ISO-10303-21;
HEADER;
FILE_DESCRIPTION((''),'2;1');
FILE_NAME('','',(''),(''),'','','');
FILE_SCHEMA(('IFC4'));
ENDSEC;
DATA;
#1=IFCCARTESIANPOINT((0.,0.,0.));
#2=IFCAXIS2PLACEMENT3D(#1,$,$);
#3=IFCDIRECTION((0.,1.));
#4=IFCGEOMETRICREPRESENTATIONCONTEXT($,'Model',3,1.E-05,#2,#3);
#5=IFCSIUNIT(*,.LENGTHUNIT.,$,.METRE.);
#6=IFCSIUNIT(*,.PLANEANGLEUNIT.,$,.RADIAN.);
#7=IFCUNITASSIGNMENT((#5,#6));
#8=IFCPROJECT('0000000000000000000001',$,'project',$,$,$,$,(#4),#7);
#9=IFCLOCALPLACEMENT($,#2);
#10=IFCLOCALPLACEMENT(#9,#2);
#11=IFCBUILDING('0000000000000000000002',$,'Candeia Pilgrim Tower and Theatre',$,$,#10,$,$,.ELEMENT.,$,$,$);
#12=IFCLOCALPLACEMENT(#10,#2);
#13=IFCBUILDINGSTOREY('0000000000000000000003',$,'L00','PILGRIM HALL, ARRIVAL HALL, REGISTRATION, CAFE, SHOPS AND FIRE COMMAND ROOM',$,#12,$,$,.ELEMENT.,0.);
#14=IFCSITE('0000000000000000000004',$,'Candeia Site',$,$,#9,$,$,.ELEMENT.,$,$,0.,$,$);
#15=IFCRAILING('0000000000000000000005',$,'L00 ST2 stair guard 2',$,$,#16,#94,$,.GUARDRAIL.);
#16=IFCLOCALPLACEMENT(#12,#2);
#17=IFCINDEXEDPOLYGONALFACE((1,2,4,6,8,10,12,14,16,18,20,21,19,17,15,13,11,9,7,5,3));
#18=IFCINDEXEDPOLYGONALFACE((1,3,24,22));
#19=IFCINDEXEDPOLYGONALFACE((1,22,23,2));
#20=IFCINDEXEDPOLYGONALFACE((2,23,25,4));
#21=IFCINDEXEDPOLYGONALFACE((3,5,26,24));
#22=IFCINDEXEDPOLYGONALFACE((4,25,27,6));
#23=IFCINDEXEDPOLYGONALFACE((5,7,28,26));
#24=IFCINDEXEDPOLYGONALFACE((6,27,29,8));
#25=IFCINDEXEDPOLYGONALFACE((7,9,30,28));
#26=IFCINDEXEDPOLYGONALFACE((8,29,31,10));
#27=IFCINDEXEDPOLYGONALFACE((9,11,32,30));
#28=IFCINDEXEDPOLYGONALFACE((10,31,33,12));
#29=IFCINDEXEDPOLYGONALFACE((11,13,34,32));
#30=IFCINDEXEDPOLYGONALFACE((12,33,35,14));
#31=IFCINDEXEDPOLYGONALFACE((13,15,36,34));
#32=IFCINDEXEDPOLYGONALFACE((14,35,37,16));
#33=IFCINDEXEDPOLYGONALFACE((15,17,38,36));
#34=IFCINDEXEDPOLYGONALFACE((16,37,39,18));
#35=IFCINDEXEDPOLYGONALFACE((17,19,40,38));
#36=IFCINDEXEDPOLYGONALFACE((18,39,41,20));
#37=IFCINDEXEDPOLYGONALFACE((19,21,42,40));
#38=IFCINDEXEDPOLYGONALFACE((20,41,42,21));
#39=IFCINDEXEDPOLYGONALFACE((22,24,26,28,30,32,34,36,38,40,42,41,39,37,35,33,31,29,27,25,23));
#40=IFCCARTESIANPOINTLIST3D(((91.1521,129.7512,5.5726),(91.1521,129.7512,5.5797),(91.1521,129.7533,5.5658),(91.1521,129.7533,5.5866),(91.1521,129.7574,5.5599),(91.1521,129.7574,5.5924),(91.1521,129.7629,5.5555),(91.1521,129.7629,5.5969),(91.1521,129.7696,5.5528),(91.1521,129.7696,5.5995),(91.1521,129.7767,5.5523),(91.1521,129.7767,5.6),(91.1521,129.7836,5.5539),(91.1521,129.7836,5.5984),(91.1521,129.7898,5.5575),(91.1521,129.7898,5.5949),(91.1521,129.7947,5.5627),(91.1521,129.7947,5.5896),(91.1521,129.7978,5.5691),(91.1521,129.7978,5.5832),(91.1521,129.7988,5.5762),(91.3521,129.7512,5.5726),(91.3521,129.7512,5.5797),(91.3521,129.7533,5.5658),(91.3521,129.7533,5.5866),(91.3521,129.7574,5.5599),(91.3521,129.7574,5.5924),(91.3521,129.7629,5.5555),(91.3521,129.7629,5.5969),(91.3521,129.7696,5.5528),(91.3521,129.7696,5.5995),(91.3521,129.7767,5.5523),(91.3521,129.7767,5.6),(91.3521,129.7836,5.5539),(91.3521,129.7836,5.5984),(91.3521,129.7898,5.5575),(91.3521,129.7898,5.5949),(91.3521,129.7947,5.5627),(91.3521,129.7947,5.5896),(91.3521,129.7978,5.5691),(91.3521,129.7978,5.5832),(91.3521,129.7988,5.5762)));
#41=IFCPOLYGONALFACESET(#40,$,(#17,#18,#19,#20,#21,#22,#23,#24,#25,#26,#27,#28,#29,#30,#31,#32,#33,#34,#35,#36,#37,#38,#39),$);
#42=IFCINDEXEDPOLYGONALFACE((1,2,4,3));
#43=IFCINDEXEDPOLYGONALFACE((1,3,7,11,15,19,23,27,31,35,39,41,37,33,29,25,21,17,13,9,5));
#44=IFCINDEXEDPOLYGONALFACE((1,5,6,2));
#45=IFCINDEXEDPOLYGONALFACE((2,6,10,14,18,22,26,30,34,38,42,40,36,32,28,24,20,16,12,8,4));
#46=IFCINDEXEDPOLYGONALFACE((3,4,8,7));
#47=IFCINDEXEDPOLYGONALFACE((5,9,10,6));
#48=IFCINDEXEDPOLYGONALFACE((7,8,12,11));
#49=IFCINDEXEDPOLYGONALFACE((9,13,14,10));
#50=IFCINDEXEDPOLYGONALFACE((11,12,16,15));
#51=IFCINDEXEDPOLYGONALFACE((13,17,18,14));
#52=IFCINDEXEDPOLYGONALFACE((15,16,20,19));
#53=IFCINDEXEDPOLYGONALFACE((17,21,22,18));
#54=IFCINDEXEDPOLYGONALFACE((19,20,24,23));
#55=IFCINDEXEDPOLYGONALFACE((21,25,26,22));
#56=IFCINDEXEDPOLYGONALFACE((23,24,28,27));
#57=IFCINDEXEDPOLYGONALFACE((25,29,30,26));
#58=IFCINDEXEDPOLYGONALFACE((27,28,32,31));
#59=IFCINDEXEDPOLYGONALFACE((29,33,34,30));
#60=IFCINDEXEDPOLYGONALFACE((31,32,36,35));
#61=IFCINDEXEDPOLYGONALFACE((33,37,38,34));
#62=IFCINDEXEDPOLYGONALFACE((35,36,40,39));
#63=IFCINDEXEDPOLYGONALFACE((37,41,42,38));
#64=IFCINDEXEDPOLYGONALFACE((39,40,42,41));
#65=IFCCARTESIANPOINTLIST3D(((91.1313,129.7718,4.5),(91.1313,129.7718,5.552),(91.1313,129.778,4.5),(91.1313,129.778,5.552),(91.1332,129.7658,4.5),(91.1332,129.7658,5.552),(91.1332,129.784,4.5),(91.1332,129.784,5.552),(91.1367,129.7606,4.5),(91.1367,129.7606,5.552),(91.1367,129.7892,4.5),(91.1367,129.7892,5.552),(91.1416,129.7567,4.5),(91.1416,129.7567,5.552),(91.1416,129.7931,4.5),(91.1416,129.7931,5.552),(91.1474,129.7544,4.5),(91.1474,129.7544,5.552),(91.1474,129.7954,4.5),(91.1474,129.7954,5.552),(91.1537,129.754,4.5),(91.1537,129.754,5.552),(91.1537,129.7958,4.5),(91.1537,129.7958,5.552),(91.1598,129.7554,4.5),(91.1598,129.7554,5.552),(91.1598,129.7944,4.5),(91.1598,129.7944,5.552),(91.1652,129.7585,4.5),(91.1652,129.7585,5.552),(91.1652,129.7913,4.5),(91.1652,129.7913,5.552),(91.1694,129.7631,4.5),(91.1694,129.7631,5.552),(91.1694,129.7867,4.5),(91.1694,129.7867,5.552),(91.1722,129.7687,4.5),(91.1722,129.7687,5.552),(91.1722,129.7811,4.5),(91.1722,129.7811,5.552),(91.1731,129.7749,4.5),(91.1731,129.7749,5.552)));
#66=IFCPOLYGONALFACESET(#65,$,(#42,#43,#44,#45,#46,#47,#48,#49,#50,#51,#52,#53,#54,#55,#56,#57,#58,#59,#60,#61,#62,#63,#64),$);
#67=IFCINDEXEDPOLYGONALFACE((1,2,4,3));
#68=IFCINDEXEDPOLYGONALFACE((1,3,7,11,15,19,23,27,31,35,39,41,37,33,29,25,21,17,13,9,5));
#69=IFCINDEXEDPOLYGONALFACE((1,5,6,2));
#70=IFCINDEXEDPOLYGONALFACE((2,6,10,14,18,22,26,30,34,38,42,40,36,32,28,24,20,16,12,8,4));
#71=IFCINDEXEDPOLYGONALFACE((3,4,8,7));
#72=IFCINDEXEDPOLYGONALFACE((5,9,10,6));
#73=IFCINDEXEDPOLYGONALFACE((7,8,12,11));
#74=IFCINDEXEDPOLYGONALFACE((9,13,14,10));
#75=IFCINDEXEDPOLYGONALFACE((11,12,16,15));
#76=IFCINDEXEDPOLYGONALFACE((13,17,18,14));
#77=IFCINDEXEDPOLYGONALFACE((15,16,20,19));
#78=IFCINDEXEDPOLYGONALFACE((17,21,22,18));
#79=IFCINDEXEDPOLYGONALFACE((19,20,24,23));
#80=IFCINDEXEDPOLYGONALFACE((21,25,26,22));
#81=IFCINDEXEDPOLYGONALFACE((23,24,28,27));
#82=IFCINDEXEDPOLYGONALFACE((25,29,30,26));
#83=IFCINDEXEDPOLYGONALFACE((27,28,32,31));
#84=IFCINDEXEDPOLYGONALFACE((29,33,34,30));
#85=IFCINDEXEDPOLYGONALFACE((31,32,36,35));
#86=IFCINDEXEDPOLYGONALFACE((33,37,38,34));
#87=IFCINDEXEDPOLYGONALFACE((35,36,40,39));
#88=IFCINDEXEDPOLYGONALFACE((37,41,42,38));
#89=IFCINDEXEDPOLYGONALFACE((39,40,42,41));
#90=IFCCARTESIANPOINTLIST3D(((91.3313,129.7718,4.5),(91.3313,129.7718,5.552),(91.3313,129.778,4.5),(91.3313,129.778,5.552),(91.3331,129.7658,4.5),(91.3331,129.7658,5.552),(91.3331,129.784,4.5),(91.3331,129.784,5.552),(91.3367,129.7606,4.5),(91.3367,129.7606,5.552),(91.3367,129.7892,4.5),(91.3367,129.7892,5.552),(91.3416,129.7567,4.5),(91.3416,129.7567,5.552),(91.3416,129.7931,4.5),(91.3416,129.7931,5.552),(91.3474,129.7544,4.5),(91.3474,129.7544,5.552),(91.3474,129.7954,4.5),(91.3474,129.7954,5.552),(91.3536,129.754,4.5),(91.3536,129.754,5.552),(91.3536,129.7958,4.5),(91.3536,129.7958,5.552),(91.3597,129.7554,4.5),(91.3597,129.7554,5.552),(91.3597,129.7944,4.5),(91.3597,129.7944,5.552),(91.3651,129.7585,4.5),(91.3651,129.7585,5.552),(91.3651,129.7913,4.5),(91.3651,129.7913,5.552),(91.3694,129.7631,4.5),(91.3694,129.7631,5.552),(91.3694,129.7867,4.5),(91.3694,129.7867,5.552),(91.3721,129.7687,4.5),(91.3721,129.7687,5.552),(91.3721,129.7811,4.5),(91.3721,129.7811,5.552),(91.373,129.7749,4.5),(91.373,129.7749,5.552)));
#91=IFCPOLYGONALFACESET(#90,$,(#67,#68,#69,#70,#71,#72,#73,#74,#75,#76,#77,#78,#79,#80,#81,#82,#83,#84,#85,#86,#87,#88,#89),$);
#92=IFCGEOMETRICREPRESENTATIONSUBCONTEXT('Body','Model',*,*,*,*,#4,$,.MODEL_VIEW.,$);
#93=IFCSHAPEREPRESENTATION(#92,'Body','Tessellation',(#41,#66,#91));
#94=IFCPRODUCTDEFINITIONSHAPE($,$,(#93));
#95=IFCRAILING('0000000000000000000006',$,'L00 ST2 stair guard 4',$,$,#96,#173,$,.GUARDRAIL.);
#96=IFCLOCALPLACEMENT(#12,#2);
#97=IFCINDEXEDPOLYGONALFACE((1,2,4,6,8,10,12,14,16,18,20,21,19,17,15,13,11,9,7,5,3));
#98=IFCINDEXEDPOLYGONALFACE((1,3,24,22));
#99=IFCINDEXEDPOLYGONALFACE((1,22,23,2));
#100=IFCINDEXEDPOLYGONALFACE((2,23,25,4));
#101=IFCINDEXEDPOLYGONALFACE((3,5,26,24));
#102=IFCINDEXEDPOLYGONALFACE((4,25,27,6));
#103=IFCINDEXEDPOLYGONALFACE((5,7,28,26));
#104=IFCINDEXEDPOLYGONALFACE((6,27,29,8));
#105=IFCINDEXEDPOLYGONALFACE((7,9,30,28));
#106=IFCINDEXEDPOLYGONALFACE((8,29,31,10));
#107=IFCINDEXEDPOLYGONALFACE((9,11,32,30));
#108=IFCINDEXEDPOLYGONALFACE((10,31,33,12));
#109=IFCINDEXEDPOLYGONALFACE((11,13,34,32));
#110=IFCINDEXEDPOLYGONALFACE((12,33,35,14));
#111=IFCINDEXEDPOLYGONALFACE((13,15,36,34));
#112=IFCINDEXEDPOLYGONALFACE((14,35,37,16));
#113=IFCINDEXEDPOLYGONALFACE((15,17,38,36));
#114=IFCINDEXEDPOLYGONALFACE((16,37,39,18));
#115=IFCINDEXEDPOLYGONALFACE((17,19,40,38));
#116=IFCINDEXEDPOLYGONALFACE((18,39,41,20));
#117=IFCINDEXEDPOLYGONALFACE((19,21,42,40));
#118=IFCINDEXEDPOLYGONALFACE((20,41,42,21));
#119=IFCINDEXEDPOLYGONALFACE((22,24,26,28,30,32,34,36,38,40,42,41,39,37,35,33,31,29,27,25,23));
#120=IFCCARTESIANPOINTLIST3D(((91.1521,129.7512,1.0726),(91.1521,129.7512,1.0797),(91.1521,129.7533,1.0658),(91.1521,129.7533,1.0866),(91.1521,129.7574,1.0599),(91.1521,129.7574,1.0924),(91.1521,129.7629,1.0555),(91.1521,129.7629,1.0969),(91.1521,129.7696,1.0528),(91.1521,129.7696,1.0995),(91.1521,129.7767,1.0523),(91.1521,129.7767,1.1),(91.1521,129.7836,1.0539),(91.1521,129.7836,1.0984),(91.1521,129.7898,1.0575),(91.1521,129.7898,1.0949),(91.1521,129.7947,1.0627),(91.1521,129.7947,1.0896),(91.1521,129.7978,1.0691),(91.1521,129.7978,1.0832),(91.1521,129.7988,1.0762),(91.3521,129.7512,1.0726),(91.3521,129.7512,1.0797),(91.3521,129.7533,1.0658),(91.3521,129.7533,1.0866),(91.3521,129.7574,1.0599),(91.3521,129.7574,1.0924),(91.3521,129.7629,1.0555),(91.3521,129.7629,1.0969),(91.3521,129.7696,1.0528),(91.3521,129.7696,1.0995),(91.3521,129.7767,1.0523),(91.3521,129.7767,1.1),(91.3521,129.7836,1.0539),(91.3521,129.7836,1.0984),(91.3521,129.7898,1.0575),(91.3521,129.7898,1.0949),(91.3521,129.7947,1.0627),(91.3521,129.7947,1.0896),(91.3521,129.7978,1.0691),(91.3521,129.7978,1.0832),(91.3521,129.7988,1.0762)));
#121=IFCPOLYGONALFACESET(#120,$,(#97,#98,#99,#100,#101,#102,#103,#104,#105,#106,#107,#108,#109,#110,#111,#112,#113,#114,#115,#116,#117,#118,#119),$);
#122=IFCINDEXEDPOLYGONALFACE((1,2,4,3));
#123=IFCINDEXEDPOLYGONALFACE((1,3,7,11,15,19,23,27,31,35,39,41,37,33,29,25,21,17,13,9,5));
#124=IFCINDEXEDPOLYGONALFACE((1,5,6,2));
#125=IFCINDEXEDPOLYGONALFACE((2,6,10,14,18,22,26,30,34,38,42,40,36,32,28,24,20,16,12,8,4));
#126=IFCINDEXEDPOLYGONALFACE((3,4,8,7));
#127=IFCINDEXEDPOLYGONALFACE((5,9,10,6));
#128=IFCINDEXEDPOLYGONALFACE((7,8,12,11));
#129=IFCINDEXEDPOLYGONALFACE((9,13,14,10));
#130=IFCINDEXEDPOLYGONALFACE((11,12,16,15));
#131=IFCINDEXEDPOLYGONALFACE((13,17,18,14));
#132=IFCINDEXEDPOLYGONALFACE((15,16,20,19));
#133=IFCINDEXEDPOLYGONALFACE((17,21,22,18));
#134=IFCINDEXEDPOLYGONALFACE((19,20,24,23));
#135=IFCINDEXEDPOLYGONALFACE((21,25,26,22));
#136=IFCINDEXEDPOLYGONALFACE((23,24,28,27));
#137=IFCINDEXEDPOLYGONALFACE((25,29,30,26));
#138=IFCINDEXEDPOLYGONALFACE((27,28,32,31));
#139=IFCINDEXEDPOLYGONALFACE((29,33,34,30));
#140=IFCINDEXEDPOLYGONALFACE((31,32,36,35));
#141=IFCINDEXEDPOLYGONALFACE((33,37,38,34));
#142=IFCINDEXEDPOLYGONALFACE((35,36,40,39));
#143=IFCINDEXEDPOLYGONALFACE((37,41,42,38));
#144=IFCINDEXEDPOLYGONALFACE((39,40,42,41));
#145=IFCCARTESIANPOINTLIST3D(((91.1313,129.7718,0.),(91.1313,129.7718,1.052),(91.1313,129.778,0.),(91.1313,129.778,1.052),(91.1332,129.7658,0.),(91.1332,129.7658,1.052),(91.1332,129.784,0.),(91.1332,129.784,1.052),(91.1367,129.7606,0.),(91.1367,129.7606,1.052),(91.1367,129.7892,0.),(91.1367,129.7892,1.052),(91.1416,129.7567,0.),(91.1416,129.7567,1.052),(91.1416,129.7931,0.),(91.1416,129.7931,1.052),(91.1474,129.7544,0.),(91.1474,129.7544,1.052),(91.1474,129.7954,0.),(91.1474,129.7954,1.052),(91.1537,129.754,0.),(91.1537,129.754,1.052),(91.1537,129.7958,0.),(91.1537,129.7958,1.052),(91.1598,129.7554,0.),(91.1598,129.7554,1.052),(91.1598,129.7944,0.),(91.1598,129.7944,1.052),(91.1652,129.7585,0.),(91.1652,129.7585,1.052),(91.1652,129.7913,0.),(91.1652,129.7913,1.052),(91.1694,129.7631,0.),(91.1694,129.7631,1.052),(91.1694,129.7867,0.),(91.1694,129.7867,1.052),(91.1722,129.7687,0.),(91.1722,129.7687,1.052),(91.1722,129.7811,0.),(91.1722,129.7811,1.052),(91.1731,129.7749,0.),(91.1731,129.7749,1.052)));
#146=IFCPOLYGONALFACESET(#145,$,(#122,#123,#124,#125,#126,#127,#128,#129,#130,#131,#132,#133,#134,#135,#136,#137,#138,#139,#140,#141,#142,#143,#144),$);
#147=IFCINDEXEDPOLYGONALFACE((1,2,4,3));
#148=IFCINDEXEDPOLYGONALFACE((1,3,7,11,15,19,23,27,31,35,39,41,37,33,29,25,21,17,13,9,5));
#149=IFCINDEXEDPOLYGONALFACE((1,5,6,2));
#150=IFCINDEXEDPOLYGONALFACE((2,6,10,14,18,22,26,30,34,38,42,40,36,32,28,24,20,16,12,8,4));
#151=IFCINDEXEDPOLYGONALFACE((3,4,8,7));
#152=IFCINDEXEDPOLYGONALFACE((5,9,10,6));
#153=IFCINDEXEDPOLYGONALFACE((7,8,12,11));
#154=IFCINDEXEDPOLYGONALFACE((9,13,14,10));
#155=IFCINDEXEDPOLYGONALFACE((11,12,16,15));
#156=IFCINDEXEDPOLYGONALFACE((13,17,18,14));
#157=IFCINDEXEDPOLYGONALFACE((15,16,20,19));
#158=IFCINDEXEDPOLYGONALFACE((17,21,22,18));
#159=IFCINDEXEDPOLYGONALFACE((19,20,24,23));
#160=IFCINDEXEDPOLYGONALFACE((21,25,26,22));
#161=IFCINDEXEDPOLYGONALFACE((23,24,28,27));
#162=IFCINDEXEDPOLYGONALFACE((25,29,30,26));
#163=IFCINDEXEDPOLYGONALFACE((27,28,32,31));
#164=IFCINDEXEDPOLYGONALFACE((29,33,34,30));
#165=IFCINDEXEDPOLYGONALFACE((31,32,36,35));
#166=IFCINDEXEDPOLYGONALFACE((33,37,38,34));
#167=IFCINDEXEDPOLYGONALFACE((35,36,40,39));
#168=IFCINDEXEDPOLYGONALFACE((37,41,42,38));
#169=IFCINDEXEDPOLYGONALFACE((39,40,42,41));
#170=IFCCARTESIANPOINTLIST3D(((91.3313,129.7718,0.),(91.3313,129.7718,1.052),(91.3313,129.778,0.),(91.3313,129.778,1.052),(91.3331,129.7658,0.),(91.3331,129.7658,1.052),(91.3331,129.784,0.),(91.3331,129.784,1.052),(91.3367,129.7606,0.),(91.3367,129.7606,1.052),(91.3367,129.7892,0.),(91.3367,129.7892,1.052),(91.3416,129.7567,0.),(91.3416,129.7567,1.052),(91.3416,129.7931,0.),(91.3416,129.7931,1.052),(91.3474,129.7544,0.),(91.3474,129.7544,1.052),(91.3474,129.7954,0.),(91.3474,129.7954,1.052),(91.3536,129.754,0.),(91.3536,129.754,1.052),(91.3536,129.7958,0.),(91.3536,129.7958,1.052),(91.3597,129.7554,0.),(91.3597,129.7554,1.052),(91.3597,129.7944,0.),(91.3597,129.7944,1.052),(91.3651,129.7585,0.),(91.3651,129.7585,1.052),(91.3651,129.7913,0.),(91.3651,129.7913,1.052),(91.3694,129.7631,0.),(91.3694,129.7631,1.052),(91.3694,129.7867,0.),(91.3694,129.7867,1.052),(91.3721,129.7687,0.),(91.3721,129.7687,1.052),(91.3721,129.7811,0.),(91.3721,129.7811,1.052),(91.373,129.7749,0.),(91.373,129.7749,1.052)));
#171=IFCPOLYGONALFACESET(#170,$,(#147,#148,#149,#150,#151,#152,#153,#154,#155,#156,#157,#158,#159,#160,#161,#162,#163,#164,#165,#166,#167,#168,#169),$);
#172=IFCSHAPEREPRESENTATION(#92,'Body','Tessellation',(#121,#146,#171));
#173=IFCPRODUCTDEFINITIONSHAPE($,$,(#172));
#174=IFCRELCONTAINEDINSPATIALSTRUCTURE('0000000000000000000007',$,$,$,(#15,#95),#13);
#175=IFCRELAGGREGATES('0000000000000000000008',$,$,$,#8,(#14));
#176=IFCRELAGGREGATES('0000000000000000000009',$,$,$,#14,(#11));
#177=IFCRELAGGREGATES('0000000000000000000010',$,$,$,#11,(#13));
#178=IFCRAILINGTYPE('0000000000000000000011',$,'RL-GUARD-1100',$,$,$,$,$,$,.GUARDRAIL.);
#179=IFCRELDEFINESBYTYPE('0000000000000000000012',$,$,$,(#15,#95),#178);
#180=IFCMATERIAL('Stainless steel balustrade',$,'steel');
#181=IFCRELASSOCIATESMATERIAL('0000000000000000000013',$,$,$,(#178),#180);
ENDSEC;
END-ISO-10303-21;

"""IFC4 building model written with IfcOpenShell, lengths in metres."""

from ifc_helpers import new_model, si_unit, direction, frame, origin, origin_2d, place, context, subcontext, project, spatial, circle, extrude, material, type_object, element, save


model = new_model("IFC4")

# Units and contexts
model_context = context("Model", 3, precision=1e-05, world=origin(), true_north=direction((0.0, 1.0)))
body_context = subcontext(model_context, "Body", "Model", "MODEL_VIEW")
ifc_project = project(units=[si_unit("LENGTHUNIT", "METRE"), si_unit("PLANEANGLEUNIT", "RADIAN")], contexts=[model_context])

# Site, building, storey
site_placement = place(None, origin())
site = spatial("IfcSite", under=ifc_project, at=site_placement, Name="Candeia Site", CompositionType="ELEMENT", RefElevation=0.0)
building_placement = place(site_placement, origin())
building = spatial("IfcBuilding", under=site, at=building_placement, Name="Candeia Pilgrim Tower and Theatre", CompositionType="ELEMENT")
storey_placement = place(building_placement, origin())
storey = spatial("IfcBuildingStorey", under=building, at=storey_placement, Name="L00", Description="PILGRIM HALL, ARRIVAL HALL, REGISTRATION, CAFE, SHOPS AND FIRE COMMAND ROOM", CompositionType="ELEMENT", Elevation=0.0)

# Railings
ifc_material_1 = material(Name="Stainless steel balustrade", Category="steel")
railing_type_1 = type_object("IfcRailingType", Name="RL-GUARD-1100", PredefinedType="GUARDRAIL", material=ifc_material_1)
railing_1_placement = place(storey_placement, frame((91.1521, 129.7749, 4.5)))
element("IfcRailing", 1, at=railing_1_placement, inside=storey, type_object=railing_type_1, Name="L00 ST2 stair guard 2", PredefinedType="GUARDRAIL", context=body_context, shape_type="SweptSolid", body=[
    extrude(circle(Radius=0.0239, at=origin_2d()), frame((0.0, 0.0, 1.0762), z_axis=(1.0, 0.0, 0.0), x_axis=(0.0, 1.0, 0.0)), (0.0, 0.0, 1.0), 0.2),
    extrude(circle(Radius=0.021, at=origin_2d()), origin(), (0.0, 0.0, 1.0), 1.052),
    extrude(circle(Radius=0.021, at=origin_2d()), frame((0.2, 0.0, 0.0)), (0.0, 0.0, 1.0), 1.052),
])
railing_2_placement = place(storey_placement, frame((91.1521, 129.7749, 0.0)))
element("IfcRailing", 2, at=railing_2_placement, inside=storey, type_object=railing_type_1, Name="L00 ST2 stair guard 4", PredefinedType="GUARDRAIL", context=body_context, shape_type="SweptSolid", body=[
    extrude(circle(Radius=0.0239, at=origin_2d()), frame((0.0, 0.0, 1.0762), z_axis=(1.0, 0.0, 0.0), x_axis=(0.0, 1.0, 0.0)), (0.0, 0.0, 1.0), 0.2),
    extrude(circle(Radius=0.021, at=origin_2d()), origin(), (0.0, 0.0, 1.0), 1.052),
    extrude(circle(Radius=0.021, at=origin_2d()), frame((0.2, 0.0, 0.0)), (0.0, 0.0, 1.0), 1.052),
])

save(model, "model.ifc")
